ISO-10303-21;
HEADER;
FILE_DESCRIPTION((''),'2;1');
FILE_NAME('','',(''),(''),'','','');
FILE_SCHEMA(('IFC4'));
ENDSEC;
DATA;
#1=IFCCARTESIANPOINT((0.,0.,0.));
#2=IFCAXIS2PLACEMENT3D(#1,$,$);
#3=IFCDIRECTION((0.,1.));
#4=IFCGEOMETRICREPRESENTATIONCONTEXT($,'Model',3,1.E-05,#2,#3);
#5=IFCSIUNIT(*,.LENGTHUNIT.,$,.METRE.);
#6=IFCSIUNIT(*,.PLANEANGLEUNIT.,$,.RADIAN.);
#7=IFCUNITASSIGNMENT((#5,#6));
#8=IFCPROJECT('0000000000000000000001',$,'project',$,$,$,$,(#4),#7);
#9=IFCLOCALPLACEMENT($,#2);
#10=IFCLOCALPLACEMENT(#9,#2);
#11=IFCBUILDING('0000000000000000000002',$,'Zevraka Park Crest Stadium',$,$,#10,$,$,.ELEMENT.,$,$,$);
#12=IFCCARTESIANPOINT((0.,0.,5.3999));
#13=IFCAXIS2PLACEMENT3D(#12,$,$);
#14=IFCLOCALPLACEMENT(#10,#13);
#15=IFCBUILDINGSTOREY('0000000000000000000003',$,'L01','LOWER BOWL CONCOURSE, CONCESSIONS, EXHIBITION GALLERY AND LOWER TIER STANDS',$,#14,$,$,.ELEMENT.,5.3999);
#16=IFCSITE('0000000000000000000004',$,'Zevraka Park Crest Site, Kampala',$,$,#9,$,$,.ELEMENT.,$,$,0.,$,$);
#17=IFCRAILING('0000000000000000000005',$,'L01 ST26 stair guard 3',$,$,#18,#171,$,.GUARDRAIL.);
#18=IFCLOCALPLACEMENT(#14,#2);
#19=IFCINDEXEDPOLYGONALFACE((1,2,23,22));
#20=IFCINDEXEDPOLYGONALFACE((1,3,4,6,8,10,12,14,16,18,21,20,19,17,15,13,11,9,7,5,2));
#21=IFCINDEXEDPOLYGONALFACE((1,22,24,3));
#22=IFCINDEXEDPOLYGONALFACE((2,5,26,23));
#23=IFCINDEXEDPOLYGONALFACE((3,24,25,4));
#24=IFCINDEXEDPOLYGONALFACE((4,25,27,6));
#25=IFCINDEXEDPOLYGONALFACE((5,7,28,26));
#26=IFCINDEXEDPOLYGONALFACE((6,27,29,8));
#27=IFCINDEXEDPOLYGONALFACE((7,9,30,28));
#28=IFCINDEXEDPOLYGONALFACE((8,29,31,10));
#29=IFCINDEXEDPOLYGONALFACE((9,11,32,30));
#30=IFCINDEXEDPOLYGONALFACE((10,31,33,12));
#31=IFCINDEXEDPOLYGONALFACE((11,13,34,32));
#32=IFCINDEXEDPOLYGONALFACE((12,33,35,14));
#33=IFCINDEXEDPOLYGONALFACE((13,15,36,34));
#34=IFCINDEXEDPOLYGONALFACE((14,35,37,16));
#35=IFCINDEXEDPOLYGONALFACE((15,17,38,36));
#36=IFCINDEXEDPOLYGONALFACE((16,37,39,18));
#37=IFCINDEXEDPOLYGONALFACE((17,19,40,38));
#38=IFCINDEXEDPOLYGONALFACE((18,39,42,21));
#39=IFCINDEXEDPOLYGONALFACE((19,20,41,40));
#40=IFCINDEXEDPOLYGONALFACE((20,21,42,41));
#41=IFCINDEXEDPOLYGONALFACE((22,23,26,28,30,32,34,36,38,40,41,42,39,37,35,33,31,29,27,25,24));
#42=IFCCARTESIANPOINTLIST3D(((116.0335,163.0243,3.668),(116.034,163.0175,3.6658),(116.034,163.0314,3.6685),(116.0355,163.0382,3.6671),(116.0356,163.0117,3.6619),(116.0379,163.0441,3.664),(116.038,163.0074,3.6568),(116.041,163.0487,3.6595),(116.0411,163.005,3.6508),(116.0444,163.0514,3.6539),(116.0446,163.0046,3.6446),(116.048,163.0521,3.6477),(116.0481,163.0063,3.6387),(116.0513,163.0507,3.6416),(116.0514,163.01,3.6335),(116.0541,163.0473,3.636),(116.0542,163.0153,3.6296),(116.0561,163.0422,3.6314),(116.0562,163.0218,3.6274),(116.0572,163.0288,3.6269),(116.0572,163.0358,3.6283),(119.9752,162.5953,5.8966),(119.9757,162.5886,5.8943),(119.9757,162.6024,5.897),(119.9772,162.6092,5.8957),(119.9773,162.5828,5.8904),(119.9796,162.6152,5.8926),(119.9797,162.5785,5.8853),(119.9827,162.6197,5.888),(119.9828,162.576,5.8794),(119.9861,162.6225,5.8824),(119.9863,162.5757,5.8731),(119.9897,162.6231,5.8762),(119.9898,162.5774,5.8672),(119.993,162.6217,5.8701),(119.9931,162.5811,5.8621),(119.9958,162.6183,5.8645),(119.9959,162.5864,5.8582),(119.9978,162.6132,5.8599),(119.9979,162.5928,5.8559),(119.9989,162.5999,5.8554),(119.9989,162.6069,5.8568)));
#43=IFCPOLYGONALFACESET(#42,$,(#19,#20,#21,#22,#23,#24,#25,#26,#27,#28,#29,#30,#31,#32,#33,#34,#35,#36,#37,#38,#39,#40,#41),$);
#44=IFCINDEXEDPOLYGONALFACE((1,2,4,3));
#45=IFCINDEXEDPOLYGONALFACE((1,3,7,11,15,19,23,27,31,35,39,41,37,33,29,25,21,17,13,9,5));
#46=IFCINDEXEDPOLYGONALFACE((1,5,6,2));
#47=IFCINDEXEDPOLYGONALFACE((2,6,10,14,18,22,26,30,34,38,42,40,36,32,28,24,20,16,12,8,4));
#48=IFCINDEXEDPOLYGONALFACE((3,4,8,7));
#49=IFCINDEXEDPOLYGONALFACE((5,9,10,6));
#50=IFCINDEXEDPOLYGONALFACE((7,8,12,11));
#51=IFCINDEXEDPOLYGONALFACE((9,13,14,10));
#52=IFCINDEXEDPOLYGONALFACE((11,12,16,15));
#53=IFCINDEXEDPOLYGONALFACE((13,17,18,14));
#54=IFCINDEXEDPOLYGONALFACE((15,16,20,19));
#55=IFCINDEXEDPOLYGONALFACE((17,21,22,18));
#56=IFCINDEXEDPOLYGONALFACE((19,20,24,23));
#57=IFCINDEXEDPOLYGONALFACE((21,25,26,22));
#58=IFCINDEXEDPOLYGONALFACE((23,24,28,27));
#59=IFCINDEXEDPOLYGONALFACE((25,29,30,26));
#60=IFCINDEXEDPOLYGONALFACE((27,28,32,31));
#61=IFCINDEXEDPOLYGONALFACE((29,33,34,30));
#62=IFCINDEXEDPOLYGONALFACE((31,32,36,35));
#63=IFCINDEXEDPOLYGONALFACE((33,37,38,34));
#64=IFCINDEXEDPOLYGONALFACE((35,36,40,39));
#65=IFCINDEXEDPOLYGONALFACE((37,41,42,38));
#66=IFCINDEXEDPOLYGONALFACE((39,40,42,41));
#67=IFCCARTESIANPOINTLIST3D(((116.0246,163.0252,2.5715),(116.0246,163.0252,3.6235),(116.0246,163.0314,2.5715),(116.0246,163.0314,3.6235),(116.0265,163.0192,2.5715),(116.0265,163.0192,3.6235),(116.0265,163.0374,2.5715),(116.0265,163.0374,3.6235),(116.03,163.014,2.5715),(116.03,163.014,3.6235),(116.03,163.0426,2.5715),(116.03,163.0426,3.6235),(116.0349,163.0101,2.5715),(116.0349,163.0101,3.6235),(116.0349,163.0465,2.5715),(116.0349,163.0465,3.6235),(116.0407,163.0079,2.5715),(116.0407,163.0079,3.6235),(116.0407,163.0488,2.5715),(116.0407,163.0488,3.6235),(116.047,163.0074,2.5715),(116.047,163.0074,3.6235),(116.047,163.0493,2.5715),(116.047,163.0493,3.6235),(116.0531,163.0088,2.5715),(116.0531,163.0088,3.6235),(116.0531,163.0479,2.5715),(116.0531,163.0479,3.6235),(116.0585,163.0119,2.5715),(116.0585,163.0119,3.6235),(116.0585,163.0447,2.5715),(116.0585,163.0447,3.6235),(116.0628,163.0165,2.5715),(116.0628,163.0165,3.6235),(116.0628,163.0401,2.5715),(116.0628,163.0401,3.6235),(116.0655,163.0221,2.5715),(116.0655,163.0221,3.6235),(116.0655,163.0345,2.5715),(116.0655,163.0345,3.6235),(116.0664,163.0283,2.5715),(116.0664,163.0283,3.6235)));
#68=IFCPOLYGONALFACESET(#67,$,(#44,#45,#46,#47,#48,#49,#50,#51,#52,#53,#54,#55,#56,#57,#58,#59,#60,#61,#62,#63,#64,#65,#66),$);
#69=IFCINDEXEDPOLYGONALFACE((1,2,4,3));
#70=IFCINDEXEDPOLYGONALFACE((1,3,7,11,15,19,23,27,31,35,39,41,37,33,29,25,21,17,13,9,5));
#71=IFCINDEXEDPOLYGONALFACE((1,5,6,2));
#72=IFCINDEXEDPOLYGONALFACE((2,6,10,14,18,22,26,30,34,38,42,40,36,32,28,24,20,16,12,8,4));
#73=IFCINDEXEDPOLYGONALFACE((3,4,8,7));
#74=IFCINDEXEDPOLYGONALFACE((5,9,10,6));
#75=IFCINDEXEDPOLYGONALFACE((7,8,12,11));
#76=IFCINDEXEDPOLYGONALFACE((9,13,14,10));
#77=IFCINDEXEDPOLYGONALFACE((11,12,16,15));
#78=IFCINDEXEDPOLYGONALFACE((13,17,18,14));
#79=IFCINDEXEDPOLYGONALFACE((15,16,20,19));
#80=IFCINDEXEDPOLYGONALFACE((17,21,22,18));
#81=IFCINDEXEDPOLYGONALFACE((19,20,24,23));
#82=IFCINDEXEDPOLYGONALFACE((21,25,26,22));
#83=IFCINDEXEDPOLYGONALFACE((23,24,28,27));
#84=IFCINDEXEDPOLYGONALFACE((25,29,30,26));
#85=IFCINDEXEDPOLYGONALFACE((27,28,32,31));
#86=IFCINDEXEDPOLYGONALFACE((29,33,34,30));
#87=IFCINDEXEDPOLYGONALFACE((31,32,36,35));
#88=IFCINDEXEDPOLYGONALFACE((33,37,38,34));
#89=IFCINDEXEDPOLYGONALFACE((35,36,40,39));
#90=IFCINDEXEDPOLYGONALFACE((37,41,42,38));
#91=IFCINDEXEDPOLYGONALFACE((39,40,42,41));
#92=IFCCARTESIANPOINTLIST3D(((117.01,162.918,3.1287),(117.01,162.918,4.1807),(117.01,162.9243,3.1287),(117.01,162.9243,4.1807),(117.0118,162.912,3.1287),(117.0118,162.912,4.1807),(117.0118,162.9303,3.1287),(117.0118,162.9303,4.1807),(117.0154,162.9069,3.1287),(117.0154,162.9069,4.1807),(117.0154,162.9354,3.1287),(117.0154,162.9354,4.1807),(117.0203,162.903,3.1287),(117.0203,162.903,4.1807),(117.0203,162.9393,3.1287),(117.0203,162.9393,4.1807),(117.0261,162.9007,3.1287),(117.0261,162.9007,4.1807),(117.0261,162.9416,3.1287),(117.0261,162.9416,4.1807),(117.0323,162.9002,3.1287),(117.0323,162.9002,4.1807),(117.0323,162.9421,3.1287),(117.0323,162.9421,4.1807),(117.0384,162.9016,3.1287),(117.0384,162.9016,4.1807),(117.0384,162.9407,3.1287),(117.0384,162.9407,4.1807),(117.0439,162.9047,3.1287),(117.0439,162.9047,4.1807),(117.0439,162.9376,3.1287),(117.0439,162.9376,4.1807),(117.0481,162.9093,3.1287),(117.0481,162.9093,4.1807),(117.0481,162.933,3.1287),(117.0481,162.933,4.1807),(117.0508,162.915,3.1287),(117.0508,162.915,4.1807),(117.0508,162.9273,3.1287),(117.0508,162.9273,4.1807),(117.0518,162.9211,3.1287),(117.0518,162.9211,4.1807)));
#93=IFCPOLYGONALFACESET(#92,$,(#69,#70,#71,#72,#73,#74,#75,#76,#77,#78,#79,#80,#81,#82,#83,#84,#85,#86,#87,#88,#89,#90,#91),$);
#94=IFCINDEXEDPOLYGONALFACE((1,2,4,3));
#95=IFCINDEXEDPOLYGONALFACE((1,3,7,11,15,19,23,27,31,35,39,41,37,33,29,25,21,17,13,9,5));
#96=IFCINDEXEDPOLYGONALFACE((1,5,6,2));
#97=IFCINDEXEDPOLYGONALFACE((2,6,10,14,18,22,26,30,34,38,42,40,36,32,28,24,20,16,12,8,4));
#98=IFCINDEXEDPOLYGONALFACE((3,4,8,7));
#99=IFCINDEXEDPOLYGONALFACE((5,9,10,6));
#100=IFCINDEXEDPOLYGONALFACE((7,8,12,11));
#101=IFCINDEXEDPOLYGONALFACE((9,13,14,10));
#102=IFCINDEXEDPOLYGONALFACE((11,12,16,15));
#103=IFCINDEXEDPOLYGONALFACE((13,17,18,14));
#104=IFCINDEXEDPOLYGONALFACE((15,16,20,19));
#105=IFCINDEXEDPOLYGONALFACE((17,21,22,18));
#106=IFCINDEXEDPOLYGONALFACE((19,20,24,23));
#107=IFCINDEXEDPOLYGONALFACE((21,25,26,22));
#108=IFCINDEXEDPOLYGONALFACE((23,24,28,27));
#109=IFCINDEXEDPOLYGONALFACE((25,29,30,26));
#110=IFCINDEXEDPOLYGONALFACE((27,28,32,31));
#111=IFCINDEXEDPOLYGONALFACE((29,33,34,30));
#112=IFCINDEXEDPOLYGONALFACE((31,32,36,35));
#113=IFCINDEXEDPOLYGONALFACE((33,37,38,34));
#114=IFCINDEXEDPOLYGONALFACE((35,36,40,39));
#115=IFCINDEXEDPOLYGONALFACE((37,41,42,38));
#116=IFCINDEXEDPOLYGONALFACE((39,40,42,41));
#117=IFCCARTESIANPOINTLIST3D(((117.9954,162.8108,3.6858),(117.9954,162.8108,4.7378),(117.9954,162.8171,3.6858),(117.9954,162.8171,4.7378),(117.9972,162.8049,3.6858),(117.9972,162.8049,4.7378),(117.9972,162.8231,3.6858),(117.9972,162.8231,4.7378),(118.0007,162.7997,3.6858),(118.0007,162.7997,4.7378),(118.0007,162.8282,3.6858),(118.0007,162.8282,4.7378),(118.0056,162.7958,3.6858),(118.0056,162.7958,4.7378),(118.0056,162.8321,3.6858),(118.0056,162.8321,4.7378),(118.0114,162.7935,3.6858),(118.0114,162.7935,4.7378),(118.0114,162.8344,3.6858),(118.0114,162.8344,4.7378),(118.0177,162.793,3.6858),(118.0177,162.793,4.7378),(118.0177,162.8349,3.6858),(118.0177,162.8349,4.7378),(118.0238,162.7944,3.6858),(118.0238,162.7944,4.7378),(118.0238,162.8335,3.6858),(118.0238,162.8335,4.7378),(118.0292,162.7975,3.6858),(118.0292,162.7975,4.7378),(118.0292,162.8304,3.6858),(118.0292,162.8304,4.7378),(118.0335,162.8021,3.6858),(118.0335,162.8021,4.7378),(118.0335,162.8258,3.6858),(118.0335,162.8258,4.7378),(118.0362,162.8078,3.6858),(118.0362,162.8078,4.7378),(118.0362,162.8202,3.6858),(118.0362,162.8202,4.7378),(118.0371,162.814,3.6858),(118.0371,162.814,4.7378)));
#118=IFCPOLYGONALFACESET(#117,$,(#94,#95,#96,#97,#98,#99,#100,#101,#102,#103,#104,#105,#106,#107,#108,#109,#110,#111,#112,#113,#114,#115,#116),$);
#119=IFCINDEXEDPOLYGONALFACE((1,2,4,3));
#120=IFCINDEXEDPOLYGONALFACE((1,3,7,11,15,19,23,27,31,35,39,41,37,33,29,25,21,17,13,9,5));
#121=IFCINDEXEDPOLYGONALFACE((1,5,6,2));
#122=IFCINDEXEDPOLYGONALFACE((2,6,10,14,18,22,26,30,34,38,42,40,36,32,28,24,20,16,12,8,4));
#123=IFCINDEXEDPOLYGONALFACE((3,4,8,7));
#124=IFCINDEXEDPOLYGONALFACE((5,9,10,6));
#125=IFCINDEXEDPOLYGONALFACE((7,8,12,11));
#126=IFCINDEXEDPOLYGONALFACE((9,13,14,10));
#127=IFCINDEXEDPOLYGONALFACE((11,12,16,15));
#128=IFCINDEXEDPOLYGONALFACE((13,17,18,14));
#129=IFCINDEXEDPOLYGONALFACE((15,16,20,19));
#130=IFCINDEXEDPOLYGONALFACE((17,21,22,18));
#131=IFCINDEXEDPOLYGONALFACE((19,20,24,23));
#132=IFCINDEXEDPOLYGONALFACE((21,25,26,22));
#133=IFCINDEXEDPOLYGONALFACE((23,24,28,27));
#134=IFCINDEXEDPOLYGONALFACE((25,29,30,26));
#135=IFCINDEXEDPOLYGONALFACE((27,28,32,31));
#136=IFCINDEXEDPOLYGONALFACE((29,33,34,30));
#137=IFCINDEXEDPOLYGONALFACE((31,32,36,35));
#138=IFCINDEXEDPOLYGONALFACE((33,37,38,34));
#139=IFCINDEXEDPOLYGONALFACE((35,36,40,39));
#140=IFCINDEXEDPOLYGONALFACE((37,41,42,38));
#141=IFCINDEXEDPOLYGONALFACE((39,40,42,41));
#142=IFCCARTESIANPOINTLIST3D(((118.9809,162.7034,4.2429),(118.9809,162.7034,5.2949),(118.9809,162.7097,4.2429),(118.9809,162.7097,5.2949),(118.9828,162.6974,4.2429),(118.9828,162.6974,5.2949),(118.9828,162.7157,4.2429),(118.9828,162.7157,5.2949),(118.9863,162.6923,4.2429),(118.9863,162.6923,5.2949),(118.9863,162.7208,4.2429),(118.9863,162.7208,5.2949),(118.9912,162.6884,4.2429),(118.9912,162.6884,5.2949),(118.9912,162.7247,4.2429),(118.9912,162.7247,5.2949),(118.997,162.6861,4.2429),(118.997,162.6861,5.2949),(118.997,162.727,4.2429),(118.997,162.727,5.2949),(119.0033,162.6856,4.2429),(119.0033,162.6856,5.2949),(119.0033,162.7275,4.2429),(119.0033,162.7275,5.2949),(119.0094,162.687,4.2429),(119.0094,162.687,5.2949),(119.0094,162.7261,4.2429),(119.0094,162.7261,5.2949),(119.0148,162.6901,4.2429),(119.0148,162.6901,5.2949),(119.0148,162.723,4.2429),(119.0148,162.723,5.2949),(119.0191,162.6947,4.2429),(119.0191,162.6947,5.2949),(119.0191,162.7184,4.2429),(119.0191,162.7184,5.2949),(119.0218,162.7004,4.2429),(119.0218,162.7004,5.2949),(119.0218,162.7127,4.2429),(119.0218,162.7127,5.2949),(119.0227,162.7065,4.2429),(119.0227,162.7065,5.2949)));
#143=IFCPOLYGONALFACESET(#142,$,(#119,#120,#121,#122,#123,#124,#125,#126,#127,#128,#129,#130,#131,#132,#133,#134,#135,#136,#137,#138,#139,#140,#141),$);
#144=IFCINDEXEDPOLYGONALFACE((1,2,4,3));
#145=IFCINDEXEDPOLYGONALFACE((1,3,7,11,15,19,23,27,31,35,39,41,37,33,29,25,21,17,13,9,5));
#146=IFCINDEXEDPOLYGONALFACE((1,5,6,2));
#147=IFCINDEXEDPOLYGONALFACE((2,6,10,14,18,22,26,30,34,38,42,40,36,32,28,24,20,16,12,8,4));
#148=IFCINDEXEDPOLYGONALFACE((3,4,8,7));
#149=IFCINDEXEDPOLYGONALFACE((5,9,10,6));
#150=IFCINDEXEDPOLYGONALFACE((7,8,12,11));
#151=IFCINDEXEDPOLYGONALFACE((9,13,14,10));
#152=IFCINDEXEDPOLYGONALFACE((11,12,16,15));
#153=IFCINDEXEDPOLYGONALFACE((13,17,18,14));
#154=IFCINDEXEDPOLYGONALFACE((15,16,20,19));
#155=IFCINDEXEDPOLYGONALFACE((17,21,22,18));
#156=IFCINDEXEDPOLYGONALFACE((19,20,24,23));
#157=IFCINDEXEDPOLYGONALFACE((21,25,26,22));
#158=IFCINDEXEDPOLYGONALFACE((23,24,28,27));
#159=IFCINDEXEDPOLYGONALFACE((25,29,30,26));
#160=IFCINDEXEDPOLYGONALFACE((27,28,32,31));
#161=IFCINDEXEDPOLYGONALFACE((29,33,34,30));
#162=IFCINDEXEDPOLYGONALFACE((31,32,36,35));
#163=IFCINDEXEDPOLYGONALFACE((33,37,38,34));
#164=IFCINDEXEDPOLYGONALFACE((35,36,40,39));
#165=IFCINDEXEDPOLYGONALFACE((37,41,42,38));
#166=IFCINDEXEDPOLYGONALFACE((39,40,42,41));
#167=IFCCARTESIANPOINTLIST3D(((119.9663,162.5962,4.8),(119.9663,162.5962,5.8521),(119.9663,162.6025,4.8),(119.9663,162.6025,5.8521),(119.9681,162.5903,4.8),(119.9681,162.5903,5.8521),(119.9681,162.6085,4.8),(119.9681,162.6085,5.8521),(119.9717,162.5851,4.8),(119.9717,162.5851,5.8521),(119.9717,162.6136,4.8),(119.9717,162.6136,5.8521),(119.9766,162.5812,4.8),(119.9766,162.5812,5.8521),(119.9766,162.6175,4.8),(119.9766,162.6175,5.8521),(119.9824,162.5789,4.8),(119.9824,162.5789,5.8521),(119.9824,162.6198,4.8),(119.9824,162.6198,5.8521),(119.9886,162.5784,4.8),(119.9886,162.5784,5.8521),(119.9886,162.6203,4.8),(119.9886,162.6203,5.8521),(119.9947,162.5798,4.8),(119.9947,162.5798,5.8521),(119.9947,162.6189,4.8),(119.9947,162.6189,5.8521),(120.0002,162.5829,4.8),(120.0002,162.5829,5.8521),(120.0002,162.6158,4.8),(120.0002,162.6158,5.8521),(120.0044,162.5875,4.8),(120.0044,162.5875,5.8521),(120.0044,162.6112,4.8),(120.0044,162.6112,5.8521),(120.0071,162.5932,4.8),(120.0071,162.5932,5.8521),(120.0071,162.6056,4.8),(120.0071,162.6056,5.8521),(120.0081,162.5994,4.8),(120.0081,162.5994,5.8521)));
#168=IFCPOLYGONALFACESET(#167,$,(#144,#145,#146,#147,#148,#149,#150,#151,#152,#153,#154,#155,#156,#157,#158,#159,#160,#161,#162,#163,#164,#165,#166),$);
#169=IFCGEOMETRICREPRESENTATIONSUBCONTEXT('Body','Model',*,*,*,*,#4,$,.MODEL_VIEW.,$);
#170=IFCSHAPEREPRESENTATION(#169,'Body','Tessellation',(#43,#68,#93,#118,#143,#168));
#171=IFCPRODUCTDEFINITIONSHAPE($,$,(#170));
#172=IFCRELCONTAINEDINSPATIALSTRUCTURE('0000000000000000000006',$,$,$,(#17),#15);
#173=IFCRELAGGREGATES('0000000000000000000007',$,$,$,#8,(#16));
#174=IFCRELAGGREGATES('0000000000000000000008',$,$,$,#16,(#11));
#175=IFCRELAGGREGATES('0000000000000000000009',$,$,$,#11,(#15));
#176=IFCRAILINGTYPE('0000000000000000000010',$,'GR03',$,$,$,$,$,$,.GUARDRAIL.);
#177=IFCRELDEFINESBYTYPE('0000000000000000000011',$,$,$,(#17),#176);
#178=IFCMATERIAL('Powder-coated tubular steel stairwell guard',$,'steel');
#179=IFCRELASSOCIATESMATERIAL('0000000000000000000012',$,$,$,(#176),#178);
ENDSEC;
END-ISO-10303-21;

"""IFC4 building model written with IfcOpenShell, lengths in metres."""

from ifc_helpers import new_model, si_unit, direction, frame, origin, origin_2d, place, context, subcontext, project, spatial, circle, extrude, material, type_object, element, save


model = new_model("IFC4")

# Units and contexts
model_context = context("Model", 3, precision=1e-05, world=origin(), true_north=direction((0.0, 1.0)))
body_context = subcontext(model_context, "Body", "Model", "MODEL_VIEW")
ifc_project = project(units=[si_unit("LENGTHUNIT", "METRE"), si_unit("PLANEANGLEUNIT", "RADIAN")], contexts=[model_context])

# Site, building, storey
site_placement = place(None, origin())
site = spatial("IfcSite", under=ifc_project, at=site_placement, Name="Zevraka Park Crest Site, Kampala", CompositionType="ELEMENT", RefElevation=0.0)
building_placement = place(site_placement, origin())
building = spatial("IfcBuilding", under=site, at=building_placement, Name="Zevraka Park Crest Stadium", CompositionType="ELEMENT")
storey_placement = place(building_placement, frame((0.0, 0.0, 5.3999)))
storey = spatial("IfcBuildingStorey", under=building, at=storey_placement, Name="L01", Description="LOWER BOWL CONCOURSE, CONCESSIONS, EXHIBITION GALLERY AND LOWER TIER STANDS", CompositionType="ELEMENT", Elevation=5.3999)

# Railing
ifc_material_1 = material(Name="Powder-coated tubular steel stairwell guard", Category="steel")
railing_type_1 = type_object("IfcRailingType", Name="GR03", PredefinedType="GUARDRAIL", material=ifc_material_1)
railing_1_placement = place(storey_placement, frame((116.0454, 163.0283, 2.5715)))
element("IfcRailing", 1, at=railing_1_placement, inside=storey, type_object=railing_type_1, Name="L01 ST26 stair guard 3", PredefinedType="GUARDRAIL", context=body_context, shape_type="SweptSolid", body=[
    extrude(circle(Radius=0.0239, at=origin_2d()), frame((0.0, 0.0, 1.0762), z_axis=(0.866624, -0.094311, 0.489968), x_axis=(0.108188, 0.994131, 0.0)), (0.0, 0.0, 1.0), 4.5483),
    extrude(circle(Radius=0.021, at=origin_2d()), origin(), (0.0, 0.0, 1.0), 1.052),
    extrude(circle(Radius=0.021, at=origin_2d()), frame((0.9854, -0.1072, 0.5571)), (0.0, 0.0, 1.0), 1.052),
    extrude(circle(Radius=0.021, at=origin_2d()), frame((1.9707, -0.2144, 1.1143)), (0.0, 0.0, 1.0), 1.052),
    extrude(circle(Radius=0.021, at=origin_2d()), frame((2.9563, -0.3218, 1.6714)), (0.0, 0.0, 1.0), 1.052),
    extrude(circle(Radius=0.021, at=origin_2d()), frame((3.9417, -0.429, 2.2285)), (0.0, 0.0, 1.0), 1.052),
])

save(model, "model.ifc")
